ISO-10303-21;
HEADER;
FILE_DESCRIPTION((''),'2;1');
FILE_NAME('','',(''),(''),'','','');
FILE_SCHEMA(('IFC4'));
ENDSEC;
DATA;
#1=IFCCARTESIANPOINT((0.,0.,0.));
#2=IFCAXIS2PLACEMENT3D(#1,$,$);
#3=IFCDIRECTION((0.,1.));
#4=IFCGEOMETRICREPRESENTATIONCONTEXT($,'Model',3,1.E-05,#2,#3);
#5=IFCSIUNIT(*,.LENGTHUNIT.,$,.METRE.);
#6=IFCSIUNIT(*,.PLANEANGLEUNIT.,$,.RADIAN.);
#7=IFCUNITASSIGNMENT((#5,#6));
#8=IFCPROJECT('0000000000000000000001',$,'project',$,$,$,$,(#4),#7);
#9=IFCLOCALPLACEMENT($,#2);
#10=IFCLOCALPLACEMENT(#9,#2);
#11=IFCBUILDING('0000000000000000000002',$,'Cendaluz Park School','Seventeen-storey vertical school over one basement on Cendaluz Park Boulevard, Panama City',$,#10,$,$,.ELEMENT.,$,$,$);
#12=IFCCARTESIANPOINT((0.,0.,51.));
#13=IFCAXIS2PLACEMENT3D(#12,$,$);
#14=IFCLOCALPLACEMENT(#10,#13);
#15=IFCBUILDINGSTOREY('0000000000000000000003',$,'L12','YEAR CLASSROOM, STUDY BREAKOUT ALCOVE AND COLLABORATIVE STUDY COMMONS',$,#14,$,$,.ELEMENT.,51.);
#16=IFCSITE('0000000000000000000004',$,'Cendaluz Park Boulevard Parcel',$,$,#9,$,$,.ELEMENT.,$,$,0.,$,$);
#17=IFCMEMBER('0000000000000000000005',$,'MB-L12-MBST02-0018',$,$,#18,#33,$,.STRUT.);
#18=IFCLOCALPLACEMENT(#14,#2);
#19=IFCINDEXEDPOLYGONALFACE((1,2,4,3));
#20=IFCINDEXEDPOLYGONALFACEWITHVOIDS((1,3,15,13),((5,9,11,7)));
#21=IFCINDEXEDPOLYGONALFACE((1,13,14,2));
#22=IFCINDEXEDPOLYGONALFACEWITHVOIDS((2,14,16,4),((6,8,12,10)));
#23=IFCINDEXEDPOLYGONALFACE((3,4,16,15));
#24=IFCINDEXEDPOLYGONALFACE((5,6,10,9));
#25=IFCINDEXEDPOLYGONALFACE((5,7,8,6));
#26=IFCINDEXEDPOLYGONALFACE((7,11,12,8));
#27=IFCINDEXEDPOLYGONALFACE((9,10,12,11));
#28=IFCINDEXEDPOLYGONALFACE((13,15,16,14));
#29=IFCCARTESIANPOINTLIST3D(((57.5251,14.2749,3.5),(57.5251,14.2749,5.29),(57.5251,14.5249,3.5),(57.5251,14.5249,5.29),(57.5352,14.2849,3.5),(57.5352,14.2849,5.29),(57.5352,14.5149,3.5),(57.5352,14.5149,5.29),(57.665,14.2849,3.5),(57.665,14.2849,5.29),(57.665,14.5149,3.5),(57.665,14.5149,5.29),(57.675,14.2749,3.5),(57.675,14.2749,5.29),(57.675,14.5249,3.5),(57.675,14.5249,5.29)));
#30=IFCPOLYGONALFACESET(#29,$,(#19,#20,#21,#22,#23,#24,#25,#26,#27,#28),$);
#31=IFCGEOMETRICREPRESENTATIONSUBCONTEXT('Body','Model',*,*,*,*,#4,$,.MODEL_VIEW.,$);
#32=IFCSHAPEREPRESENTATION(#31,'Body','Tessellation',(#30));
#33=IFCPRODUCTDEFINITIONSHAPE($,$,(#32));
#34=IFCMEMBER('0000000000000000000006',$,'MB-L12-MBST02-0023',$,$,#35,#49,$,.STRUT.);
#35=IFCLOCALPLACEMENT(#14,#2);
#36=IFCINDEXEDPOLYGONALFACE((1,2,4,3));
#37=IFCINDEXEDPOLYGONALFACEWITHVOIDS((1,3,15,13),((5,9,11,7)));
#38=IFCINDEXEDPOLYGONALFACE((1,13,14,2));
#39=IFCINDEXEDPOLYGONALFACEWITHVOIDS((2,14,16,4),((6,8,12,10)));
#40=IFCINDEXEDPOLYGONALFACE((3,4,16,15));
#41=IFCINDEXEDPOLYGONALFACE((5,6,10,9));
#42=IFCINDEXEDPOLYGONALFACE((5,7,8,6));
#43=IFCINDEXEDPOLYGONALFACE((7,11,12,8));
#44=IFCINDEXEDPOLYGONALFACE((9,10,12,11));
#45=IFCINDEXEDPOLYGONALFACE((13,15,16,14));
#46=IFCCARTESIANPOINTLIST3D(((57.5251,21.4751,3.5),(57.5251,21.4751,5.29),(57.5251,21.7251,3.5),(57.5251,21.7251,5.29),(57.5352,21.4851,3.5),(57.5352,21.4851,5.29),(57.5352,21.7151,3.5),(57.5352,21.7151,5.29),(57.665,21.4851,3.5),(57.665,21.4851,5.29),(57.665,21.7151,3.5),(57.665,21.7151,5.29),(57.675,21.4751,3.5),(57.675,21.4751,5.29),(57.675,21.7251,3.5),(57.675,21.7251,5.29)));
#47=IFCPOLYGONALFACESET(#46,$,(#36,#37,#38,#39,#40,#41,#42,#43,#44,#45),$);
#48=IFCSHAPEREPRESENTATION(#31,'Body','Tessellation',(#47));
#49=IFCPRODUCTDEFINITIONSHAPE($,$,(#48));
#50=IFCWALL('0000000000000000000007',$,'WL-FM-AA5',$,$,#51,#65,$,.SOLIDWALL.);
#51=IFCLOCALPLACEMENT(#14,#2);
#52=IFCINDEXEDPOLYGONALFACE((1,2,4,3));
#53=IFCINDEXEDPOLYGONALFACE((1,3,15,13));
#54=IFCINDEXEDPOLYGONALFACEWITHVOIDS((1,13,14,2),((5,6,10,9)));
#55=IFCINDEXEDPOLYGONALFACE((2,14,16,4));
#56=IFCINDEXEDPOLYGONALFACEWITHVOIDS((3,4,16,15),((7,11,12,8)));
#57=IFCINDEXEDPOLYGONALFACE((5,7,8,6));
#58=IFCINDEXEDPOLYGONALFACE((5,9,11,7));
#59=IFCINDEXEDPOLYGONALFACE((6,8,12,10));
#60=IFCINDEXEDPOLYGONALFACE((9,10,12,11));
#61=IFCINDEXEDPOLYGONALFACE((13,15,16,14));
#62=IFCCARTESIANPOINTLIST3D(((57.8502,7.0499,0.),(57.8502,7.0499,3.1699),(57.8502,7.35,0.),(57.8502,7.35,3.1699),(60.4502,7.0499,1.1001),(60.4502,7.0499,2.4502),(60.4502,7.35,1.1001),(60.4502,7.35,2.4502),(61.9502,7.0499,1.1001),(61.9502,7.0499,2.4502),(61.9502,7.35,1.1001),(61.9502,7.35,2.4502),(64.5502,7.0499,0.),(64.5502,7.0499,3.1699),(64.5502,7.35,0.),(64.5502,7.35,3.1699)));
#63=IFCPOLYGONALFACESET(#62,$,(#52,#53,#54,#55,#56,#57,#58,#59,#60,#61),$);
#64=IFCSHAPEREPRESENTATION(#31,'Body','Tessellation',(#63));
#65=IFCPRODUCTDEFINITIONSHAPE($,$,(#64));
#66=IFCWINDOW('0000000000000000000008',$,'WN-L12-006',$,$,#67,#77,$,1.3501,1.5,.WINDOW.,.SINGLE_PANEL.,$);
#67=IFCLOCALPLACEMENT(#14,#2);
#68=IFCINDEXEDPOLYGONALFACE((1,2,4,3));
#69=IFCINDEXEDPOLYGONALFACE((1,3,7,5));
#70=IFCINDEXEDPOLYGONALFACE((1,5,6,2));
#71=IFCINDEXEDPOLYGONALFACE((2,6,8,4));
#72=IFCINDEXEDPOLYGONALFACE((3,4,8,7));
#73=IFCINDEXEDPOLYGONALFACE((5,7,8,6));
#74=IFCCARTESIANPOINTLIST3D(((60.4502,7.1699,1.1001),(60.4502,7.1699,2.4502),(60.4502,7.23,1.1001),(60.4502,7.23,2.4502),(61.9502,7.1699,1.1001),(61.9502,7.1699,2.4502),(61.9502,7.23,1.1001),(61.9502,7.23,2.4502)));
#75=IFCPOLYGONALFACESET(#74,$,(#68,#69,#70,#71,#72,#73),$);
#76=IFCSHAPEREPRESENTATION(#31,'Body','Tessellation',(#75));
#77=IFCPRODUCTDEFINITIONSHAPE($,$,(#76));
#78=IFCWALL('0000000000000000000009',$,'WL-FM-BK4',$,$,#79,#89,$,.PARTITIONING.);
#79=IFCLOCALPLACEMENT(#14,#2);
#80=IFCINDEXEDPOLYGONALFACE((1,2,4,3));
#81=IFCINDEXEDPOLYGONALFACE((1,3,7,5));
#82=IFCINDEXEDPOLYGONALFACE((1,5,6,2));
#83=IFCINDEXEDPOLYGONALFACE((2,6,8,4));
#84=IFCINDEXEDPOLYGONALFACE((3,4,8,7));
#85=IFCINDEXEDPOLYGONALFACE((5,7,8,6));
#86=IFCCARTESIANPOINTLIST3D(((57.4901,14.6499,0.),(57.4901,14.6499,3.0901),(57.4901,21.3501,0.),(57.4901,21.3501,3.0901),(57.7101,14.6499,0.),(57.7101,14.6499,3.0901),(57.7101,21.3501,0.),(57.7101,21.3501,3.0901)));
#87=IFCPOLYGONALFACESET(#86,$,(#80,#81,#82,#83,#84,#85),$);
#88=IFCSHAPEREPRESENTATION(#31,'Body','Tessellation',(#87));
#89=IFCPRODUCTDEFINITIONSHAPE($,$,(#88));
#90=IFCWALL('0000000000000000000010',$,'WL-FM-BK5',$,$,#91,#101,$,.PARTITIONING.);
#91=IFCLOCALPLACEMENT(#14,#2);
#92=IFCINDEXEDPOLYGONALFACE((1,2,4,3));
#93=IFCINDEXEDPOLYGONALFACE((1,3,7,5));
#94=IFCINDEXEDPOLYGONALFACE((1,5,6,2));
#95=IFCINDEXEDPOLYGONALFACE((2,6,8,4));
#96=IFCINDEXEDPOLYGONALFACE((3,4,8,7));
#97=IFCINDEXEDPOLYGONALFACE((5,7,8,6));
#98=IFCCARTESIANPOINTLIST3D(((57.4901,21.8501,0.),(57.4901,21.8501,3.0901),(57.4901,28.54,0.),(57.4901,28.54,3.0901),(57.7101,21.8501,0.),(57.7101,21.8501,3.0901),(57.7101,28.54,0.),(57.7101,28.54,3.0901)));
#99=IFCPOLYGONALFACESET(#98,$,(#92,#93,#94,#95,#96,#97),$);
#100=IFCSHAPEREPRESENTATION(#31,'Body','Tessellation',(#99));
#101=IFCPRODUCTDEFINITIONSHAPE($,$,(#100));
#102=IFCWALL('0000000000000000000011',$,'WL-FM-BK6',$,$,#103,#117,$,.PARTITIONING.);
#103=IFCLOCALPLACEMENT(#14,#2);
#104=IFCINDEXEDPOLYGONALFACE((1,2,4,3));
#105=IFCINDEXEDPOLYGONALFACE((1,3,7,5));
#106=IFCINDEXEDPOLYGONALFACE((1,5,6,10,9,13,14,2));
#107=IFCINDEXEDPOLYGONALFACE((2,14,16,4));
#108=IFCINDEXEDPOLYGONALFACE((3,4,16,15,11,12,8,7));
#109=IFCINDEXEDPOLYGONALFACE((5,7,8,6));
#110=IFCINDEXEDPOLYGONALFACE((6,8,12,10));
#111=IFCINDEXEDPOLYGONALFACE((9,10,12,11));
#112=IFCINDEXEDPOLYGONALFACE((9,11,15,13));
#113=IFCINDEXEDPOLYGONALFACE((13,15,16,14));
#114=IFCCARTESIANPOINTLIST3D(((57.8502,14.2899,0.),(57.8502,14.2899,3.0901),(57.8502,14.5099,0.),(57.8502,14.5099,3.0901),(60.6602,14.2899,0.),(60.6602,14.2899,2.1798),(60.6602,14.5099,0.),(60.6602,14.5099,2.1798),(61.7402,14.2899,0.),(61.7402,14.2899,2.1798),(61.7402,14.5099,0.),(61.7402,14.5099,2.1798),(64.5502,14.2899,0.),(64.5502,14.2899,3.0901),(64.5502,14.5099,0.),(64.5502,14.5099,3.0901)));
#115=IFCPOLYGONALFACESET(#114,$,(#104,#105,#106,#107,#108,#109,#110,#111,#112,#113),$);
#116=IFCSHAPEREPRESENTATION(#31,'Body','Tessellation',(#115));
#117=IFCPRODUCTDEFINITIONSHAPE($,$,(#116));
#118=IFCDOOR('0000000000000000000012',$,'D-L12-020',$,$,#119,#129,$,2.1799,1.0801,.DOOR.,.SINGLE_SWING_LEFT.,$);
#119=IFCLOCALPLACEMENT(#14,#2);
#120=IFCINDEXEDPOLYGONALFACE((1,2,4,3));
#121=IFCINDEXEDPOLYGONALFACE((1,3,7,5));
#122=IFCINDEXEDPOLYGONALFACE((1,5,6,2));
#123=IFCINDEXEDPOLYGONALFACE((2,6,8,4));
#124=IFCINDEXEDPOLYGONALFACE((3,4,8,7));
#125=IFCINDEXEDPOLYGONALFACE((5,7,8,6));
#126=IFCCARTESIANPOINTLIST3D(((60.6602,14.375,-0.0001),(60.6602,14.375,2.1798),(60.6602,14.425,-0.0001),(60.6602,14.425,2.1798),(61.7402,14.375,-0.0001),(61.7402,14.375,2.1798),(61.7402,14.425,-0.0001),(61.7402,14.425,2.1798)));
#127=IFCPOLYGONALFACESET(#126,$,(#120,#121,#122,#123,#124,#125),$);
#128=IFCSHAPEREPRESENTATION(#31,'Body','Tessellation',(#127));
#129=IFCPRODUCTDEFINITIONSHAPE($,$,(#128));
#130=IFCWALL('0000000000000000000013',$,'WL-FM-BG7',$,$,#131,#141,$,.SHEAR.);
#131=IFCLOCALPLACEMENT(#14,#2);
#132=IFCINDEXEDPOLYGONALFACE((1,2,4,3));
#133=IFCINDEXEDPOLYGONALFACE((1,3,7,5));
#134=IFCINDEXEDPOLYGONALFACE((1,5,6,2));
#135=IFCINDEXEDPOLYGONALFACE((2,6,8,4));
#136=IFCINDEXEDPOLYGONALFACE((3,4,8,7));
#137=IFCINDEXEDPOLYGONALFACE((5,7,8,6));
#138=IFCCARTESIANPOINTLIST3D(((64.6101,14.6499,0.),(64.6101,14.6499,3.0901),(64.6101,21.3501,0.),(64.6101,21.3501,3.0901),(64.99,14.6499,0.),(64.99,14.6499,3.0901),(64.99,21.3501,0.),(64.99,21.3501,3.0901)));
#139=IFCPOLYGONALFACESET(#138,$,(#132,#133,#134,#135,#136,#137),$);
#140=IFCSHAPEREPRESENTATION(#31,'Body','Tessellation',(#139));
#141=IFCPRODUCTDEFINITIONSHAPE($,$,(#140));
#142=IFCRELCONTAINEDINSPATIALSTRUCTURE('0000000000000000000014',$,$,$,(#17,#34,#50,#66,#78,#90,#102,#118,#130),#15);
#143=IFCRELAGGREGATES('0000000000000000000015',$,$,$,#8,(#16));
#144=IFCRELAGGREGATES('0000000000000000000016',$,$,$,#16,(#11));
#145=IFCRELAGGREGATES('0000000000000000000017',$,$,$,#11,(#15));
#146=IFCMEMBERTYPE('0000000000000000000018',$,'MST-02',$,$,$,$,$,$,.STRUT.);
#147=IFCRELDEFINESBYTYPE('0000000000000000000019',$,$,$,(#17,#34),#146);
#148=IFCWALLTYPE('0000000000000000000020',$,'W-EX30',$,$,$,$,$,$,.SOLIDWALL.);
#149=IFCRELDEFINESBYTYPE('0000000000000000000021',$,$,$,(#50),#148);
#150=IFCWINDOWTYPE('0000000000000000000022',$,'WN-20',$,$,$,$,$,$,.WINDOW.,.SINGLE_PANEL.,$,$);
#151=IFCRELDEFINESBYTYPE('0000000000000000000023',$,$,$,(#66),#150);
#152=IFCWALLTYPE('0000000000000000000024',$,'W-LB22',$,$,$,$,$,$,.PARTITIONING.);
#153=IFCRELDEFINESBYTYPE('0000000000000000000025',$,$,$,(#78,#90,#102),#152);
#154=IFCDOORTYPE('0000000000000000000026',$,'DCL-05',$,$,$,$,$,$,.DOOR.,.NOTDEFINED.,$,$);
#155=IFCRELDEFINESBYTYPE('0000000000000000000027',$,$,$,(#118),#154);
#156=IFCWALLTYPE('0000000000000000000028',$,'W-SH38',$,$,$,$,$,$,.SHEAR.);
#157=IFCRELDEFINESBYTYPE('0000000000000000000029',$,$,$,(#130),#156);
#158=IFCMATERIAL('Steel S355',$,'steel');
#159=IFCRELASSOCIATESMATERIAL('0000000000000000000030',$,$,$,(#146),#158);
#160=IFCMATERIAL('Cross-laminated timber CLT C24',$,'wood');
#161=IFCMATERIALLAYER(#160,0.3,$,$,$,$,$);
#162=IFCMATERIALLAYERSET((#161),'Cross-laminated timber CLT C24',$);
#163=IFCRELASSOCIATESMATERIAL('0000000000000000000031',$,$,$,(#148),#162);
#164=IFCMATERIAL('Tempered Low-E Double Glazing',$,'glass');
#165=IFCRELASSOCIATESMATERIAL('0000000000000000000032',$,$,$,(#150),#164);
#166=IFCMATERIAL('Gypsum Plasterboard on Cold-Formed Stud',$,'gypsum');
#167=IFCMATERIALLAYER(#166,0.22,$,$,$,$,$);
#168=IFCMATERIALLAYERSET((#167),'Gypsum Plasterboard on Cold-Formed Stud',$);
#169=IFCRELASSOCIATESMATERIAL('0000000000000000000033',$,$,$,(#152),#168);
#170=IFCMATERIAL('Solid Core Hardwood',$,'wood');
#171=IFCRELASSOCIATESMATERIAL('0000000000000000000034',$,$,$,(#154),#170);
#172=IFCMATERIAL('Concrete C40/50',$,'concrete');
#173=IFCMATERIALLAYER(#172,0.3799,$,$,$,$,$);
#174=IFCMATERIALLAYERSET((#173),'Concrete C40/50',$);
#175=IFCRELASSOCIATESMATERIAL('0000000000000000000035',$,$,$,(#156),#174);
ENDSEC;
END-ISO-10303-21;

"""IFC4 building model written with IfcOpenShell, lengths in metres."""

from ifc_helpers import new_model, si_unit, direction, frame, frame_2d, origin, origin_2d, place, context, subcontext, project, spatial, rectangle, hollow_rectangle, extrude, material, layer, layer_set, material_profile, profile_set, type_object, element, fill, save


model = new_model("IFC4")

# Units and contexts
model_context = context("Model", 3, precision=1e-05, world=origin(), true_north=direction((0.0, 1.0)))
body_context = subcontext(model_context, "Body", "Model", "MODEL_VIEW")
ifc_project = project(units=[si_unit("LENGTHUNIT", "METRE"), si_unit("PLANEANGLEUNIT", "RADIAN")], contexts=[model_context])

# Site, building, storey
site_placement = place(None, origin())
site = spatial("IfcSite", under=ifc_project, at=site_placement, Name="Cendaluz Park Boulevard Parcel", CompositionType="ELEMENT", RefElevation=0.0)
building_placement = place(site_placement, origin())
building = spatial("IfcBuilding", under=site, at=building_placement, Name="Cendaluz Park School", Description="Seventeen-storey vertical school over one basement on Cendaluz Park Boulevard, Panama City", CompositionType="ELEMENT")
storey_placement = place(building_placement, frame((0.0, 0.0, 51.0)))
storey = spatial("IfcBuildingStorey", under=building, at=storey_placement, Name="L12", Description="YEAR CLASSROOM, STUDY BREAKOUT ALCOVE AND COLLABORATIVE STUDY COMMONS", CompositionType="ELEMENT", Elevation=51.0)

# Members
ifc_material_1 = material(Name="Steel S355", Category="steel")
ifc_material_profile_1 = material_profile(ifc_material_1, hollow_rectangle(XDim=0.1499, YDim=0.25, WallThickness=0.01, at=origin_2d()), Name="RHS 250x150x10", Category="steel")
ifc_profile_set_1 = profile_set([ifc_material_profile_1], Name="Steel S355")
member_type_1 = type_object("IfcMemberType", Name="MST-02", PredefinedType="STRUT", material=ifc_profile_set_1)
for number, where, z_axis, x_axis, name in (
    (1, (57.6001, 14.3999, 3.5), (0.0, 0.0, 1.0), (1.0, 0.0, 0.0), "MB-L12-MBST02-0018"),
    (2, (57.6001, 21.6001, 3.5), (0.0, 0.0, 1.0), (1.0, 0.0, 0.0), "MB-L12-MBST02-0023"),
):
    element("IfcMember", number, at=place(storey_placement, frame(where, z_axis=z_axis, x_axis=x_axis)), inside=storey, type_object=member_type_1, Name=name, PredefinedType="STRUT", context=body_context, shape_type="SweptSolid", body=[
        extrude(hollow_rectangle(XDim=0.1499, YDim=0.25, WallThickness=0.01, at=origin_2d()), origin(), (0.0, 0.0, 1.0), 1.79),
    ])

# Wall, opening, window
ifc_material_2 = material(Name="Cross-laminated timber CLT C24", Category="wood")
ifc_layer_1 = layer(ifc_material_2, 0.3)
ifc_layer_set_1 = layer_set([ifc_layer_1], Name="Cross-laminated timber CLT C24")
wall_type_1 = type_object("IfcWallType", Name="W-EX30", PredefinedType="SOLIDWALL", material=ifc_layer_set_1)
wall_1_placement = place(storey_placement, frame((57.8501, 7.2, 0.0), z_axis=(0.0, 0.0, 1.0), x_axis=(1.0, 0.0, 0.0)))
wall_1 = element("IfcWall", 3, at=wall_1_placement, inside=storey, type_object=wall_type_1, Name="WL-FM-AA5", PredefinedType="SOLIDWALL", context=body_context, shape_type="SweptSolid", body=[
    extrude(rectangle(XDim=6.7, YDim=0.3, at=frame_2d((3.3501, 0.0))), origin(), (0.0, 0.0, 1.0), 3.1699),
])
opening_1_placement = place(wall_1_placement, frame((2.6001, 0.0, 1.1001)))
opening_1 = element("IfcOpeningElement", 4, at=opening_1_placement, cuts=wall_1, PredefinedType="OPENING", context=body_context, shape_type="SweptSolid", body=[
    extrude(rectangle(XDim=1.5, YDim=1.3501, at=frame_2d((0.75, 0.675))), frame((0.0, 0.1621, 0.0), z_axis=(0.0, -1.0, 0.0), x_axis=(1.0, 0.0, 0.0)), (0.0, 0.0, 1.0), 0.324),
])
ifc_material_3 = material(Name="Tempered Low-E Double Glazing", Category="glass")
window_type = type_object("IfcWindowType", Name="WN-20", PartitioningType="SINGLE_PANEL", PredefinedType="WINDOW", material=ifc_material_3)
window_placement = place(opening_1_placement, origin())
window = element("IfcWindow", 5, at=window_placement, inside=storey, type_object=window_type, Name="WN-L12-006", OverallHeight=1.3501, OverallWidth=1.5, PartitioningType="SINGLE_PANEL", PredefinedType="WINDOW", context=body_context, shape_type="SweptSolid", body=[
    extrude(rectangle(XDim=1.5, YDim=1.3501, at=frame_2d((0.75, 0.675))), frame((0.0, 0.03, 0.0), z_axis=(0.0, -1.0, 0.0), x_axis=(1.0, 0.0, 0.0)), (0.0, 0.0, 1.0), 0.0601),
])
fill(opening_1, window)

# Walls
ifc_material_4 = material(Name="Gypsum Plasterboard on Cold-Formed Stud", Category="gypsum")
ifc_layer_2 = layer(ifc_material_4, 0.22)
ifc_layer_set_2 = layer_set([ifc_layer_2], Name="Gypsum Plasterboard on Cold-Formed Stud")
wall_type_2 = type_object("IfcWallType", Name="W-LB22", PredefinedType="PARTITIONING", material=ifc_layer_set_2)
wall_2_placement = place(storey_placement, frame((57.6001, 14.6499, 0.0), z_axis=(0.0, 0.0, 1.0), x_axis=(0.0, 1.0, 0.0)))
element("IfcWall", 6, at=wall_2_placement, inside=storey, type_object=wall_type_2, Name="WL-FM-BK4", PredefinedType="PARTITIONING", context=body_context, shape_type="SweptSolid", body=[
    extrude(rectangle(XDim=6.7002, YDim=0.22, at=frame_2d((3.3501, 0.0))), origin(), (0.0, 0.0, 1.0), 3.0901),
])
wall_3_placement = place(storey_placement, frame((57.6001, 21.8501, 0.0), z_axis=(0.0, 0.0, 1.0), x_axis=(0.0, 1.0, 0.0)))
element("IfcWall", 7, at=wall_3_placement, inside=storey, type_object=wall_type_2, Name="WL-FM-BK5", PredefinedType="PARTITIONING", context=body_context, shape_type="SweptSolid", body=[
    extrude(rectangle(XDim=6.6899, YDim=0.22, at=frame_2d((3.345, 0.0))), origin(), (0.0, 0.0, 1.0), 3.0901),
])

# Wall, opening, door
wall_4_placement = place(storey_placement, frame((57.8501, 14.3999, 0.0), z_axis=(0.0, 0.0, 1.0), x_axis=(1.0, 0.0, 0.0)))
wall_4 = element("IfcWall", 8, at=wall_4_placement, inside=storey, type_object=wall_type_2, Name="WL-FM-BK6", PredefinedType="PARTITIONING", context=body_context, shape_type="SweptSolid", body=[
    extrude(rectangle(XDim=6.7, YDim=0.22, at=frame_2d((3.3501, 0.0))), origin(), (0.0, 0.0, 1.0), 3.0901),
])
opening_2_placement = place(wall_4_placement, frame((2.8101, 0.0, 0.0)))
opening_2 = element("IfcOpeningElement", 9, at=opening_2_placement, cuts=wall_4, PredefinedType="OPENING", context=body_context, shape_type="SweptSolid", body=[
    extrude(rectangle(XDim=1.0801, YDim=2.1799, at=frame_2d((0.54, 1.0898))), frame((0.0, 0.1221, 0.0), z_axis=(0.0, -1.0, 0.0), x_axis=(1.0, 0.0, 0.0)), (0.0, 0.0, 1.0), 0.2439),
])
ifc_material_5 = material(Name="Solid Core Hardwood", Category="wood")
door_type = type_object("IfcDoorType", Name="DCL-05", OperationType="NOTDEFINED", PredefinedType="DOOR", material=ifc_material_5)
door_placement = place(opening_2_placement, frame((1.0801, 0.0, 0.0), z_axis=(0.0, 0.0, 1.0), x_axis=(-1.0, 0.0, 0.0)))
door = element("IfcDoor", 10, at=door_placement, inside=storey, type_object=door_type, Name="D-L12-020", OperationType="SINGLE_SWING_LEFT", OverallHeight=2.1799, OverallWidth=1.0801, PredefinedType="DOOR", context=body_context, shape_type="SweptSolid", body=[
    extrude(rectangle(XDim=1.0801, YDim=2.1799, at=frame_2d((0.54, 1.0898))), frame((0.0, 0.0249, 0.0), z_axis=(0.0, -1.0, 0.0), x_axis=(1.0, 0.0, 0.0)), (0.0, 0.0, 1.0), 0.05),
])
fill(opening_2, door)

# Wall
ifc_material_6 = material(Name="Concrete C40/50", Category="concrete")
ifc_layer_3 = layer(ifc_material_6, 0.3799)
ifc_layer_set_3 = layer_set([ifc_layer_3], Name="Concrete C40/50")
wall_type_3 = type_object("IfcWallType", Name="W-SH38", PredefinedType="SHEAR", material=ifc_layer_set_3)
wall_5_placement = place(storey_placement, frame((64.8, 14.6499, 0.0), z_axis=(0.0, 0.0, 1.0), x_axis=(0.0, 1.0, 0.0)))
element("IfcWall", 11, at=wall_5_placement, inside=storey, type_object=wall_type_3, Name="WL-FM-BG7", PredefinedType="SHEAR", context=body_context, shape_type="SweptSolid", body=[
    extrude(rectangle(XDim=6.7002, YDim=0.3799, at=frame_2d((3.3501, 0.0))), origin(), (0.0, 0.0, 1.0), 3.0901),
])

save(model, "model.ifc")
